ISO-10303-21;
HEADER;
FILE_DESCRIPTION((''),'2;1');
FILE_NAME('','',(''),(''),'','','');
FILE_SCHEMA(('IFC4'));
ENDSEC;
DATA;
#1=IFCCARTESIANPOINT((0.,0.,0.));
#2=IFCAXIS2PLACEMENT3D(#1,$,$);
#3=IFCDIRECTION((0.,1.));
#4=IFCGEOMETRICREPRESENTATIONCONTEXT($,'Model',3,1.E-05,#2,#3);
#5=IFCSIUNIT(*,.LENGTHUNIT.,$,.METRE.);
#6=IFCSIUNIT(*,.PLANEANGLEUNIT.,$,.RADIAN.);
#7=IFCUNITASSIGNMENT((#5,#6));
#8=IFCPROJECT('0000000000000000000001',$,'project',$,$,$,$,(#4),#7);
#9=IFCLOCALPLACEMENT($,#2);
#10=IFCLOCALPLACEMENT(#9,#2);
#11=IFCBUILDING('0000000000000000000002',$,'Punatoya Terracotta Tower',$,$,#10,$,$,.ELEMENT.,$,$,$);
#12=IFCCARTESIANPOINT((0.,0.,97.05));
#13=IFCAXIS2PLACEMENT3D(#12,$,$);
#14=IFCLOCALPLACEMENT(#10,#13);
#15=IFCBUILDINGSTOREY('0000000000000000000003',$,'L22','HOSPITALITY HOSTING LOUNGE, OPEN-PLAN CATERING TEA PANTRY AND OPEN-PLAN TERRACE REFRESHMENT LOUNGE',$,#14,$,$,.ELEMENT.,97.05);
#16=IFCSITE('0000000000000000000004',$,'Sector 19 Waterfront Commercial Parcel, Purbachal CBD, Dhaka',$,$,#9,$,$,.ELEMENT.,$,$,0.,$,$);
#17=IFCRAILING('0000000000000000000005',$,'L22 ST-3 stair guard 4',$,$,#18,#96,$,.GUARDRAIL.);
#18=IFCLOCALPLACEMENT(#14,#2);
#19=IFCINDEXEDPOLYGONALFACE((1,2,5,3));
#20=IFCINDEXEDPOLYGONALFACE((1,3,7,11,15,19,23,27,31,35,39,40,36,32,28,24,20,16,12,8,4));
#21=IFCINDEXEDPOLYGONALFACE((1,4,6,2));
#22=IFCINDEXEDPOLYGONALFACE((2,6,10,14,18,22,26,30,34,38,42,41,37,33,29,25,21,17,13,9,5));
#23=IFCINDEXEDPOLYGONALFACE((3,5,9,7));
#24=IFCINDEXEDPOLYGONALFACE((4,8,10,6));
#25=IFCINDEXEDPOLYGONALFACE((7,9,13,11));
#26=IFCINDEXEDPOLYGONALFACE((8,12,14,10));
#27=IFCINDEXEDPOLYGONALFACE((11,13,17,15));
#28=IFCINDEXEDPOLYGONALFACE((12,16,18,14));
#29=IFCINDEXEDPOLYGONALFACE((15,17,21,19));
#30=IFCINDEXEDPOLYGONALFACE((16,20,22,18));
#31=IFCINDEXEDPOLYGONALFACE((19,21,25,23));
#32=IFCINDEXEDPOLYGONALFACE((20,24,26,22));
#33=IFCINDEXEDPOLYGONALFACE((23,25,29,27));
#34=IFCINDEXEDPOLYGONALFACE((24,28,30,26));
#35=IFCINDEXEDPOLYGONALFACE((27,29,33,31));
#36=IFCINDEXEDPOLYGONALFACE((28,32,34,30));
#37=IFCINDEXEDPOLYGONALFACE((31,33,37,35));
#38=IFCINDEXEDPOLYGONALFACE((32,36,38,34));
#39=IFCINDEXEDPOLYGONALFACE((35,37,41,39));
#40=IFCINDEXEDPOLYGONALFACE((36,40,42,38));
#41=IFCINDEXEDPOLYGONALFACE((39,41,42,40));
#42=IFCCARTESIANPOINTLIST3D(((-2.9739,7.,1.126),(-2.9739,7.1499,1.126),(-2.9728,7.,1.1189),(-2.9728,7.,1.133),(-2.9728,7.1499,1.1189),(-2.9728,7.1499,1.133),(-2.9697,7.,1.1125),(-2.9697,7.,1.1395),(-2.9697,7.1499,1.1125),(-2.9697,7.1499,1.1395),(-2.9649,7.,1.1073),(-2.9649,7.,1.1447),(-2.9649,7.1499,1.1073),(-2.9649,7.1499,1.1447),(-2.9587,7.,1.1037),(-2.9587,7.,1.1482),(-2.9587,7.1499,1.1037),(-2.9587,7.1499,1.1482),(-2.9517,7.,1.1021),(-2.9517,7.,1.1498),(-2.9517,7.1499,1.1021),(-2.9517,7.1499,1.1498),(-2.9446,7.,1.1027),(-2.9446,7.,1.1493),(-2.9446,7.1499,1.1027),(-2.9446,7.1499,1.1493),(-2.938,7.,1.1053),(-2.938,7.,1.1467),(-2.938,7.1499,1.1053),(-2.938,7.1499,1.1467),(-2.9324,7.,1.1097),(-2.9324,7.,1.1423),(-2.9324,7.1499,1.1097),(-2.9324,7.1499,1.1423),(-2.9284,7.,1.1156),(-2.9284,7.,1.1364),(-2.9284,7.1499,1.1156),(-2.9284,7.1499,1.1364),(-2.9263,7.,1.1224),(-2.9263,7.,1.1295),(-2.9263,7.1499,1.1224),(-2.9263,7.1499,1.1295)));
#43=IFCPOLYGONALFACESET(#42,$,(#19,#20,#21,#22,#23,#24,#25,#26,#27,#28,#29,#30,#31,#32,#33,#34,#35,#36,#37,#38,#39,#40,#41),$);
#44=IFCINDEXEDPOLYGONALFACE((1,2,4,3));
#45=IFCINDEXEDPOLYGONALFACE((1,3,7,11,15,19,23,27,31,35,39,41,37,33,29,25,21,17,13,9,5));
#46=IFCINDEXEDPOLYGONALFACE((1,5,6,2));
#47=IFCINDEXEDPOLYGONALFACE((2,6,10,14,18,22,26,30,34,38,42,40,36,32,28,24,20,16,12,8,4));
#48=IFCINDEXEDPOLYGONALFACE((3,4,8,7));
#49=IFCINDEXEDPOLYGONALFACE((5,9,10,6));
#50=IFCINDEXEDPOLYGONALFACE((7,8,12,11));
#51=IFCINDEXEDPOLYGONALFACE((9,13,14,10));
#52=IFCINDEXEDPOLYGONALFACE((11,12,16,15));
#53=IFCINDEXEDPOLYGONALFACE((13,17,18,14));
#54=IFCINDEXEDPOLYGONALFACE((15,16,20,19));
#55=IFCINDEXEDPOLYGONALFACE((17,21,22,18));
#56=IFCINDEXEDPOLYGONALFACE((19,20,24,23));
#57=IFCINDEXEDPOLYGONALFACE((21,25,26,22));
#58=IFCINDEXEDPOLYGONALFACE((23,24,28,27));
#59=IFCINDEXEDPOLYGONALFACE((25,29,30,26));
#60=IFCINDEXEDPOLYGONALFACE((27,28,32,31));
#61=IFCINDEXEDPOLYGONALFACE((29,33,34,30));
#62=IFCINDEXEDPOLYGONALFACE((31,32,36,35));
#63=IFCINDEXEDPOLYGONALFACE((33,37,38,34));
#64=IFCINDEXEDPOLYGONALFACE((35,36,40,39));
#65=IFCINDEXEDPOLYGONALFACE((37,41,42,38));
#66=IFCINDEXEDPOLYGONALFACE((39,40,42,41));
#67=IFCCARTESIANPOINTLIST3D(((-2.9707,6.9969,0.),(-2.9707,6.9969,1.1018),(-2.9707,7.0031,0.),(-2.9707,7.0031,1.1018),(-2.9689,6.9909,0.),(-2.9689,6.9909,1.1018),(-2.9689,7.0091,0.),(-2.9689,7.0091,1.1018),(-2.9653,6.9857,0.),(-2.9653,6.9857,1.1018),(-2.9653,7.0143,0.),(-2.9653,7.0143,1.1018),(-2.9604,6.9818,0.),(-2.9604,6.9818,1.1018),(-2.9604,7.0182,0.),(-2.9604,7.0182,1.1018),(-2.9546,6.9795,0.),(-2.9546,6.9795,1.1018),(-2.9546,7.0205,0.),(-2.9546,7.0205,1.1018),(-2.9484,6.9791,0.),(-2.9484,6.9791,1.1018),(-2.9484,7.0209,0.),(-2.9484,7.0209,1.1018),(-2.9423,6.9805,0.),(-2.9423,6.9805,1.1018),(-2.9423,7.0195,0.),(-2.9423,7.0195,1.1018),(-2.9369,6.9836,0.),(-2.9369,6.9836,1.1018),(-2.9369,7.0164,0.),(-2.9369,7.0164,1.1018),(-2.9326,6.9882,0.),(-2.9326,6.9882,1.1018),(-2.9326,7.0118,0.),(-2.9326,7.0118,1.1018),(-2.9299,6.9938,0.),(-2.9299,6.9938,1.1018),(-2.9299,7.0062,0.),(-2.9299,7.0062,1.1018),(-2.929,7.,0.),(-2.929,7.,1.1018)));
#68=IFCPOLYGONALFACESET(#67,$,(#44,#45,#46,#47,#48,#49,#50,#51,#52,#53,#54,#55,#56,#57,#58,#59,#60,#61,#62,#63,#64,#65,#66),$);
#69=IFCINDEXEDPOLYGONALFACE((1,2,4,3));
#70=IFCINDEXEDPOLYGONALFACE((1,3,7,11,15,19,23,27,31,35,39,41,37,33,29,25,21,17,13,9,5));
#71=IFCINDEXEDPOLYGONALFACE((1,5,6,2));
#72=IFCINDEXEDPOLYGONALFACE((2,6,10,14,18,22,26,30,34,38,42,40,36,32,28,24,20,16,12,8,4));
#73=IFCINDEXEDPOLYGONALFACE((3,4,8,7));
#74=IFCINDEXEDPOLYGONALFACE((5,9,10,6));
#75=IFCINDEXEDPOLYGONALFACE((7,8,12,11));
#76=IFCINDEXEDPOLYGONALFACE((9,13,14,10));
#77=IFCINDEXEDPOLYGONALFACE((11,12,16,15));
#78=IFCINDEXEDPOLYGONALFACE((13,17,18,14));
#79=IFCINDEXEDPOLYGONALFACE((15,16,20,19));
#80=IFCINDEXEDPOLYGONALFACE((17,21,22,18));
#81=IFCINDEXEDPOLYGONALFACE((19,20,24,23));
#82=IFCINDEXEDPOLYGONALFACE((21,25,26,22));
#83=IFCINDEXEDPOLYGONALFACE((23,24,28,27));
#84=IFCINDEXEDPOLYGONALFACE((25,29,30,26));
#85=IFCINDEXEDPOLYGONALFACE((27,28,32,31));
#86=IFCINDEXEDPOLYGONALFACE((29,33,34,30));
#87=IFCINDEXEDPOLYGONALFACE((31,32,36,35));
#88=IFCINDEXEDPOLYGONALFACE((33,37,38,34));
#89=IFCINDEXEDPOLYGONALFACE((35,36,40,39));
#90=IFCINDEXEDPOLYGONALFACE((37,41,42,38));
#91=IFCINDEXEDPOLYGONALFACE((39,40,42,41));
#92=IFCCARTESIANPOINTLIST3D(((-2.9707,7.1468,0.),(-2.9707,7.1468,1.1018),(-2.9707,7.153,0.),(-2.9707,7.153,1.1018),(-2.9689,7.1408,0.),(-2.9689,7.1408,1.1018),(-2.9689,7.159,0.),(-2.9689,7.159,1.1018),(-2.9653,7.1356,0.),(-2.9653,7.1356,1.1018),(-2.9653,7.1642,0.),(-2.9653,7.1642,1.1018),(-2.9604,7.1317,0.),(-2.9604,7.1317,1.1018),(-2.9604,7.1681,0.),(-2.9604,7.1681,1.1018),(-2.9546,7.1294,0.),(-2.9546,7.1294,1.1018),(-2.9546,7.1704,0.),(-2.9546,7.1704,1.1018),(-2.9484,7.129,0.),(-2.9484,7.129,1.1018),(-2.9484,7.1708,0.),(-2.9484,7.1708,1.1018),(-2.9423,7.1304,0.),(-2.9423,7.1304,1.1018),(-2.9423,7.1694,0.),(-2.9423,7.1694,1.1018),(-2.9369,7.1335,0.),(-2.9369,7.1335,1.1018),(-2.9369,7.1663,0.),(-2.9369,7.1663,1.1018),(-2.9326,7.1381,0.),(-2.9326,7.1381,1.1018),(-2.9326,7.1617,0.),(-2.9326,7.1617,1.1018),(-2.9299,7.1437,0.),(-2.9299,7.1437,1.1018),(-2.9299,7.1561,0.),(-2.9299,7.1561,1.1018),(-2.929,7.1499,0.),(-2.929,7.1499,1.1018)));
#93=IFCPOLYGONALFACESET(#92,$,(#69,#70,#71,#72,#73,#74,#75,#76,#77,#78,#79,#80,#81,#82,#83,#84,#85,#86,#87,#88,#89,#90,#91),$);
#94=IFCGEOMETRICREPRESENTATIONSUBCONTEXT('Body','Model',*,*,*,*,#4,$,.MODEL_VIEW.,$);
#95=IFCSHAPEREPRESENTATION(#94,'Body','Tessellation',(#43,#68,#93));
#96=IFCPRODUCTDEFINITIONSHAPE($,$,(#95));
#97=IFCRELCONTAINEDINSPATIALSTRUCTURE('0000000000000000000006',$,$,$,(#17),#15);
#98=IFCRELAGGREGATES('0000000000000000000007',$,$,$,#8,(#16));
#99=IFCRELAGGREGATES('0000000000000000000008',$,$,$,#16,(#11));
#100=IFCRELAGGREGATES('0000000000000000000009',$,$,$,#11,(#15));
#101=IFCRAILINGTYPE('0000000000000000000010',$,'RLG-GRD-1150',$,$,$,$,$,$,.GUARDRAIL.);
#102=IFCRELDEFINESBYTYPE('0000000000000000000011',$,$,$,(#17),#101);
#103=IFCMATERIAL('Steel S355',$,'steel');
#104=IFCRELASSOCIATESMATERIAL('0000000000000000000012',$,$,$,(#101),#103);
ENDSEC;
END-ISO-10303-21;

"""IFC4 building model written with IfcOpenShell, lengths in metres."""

from ifc_helpers import new_model, si_unit, direction, frame, origin, origin_2d, place, context, subcontext, project, spatial, circle, extrude, material, type_object, element, save


model = new_model("IFC4")

# Units and contexts
model_context = context("Model", 3, precision=1e-05, world=origin(), true_north=direction((0.0, 1.0)))
body_context = subcontext(model_context, "Body", "Model", "MODEL_VIEW")
ifc_project = project(units=[si_unit("LENGTHUNIT", "METRE"), si_unit("PLANEANGLEUNIT", "RADIAN")], contexts=[model_context])

# Site, building, storey
site_placement = place(None, origin())
site = spatial("IfcSite", under=ifc_project, at=site_placement, Name="Sector 19 Waterfront Commercial Parcel, Purbachal CBD, Dhaka", CompositionType="ELEMENT", RefElevation=0.0)
building_placement = place(site_placement, origin())
building = spatial("IfcBuilding", under=site, at=building_placement, Name="Punatoya Terracotta Tower", CompositionType="ELEMENT")
storey_placement = place(building_placement, frame((0.0, 0.0, 97.05)))
storey = spatial("IfcBuildingStorey", under=building, at=storey_placement, Name="L22", Description="HOSPITALITY HOSTING LOUNGE, OPEN-PLAN CATERING TEA PANTRY AND OPEN-PLAN TERRACE REFRESHMENT LOUNGE", CompositionType="ELEMENT", Elevation=97.05)

# Shared definitions
ifc_material_1 = material(Name="Steel S355", Category="steel")

# Railing
railing_type_1 = type_object("IfcRailingType", Name="RLG-GRD-1150", PredefinedType="GUARDRAIL", material=ifc_material_1)
railing_1_placement = place(storey_placement, frame((-2.95, 7.0, 0.0)))
element("IfcRailing", 1, at=railing_1_placement, inside=storey, type_object=railing_type_1, Name="L22 ST-3 stair guard 4", PredefinedType="GUARDRAIL", context=body_context, shape_type="SweptSolid", body=[
    extrude(circle(Radius=0.0239, at=origin_2d()), frame((0.0, 0.0, 1.126), z_axis=(0.0, 1.0, 0.0), x_axis=(-1.0, 0.0, 0.0)), (0.0, 0.0, 1.0), 0.1499),
    extrude(circle(Radius=0.021, at=origin_2d()), origin(), (0.0, 0.0, 1.0), 1.1018),
    extrude(circle(Radius=0.021, at=origin_2d()), frame((0.0, 0.1499, 0.0)), (0.0, 0.0, 1.0), 1.1018),
])

save(model, "model.ifc")
